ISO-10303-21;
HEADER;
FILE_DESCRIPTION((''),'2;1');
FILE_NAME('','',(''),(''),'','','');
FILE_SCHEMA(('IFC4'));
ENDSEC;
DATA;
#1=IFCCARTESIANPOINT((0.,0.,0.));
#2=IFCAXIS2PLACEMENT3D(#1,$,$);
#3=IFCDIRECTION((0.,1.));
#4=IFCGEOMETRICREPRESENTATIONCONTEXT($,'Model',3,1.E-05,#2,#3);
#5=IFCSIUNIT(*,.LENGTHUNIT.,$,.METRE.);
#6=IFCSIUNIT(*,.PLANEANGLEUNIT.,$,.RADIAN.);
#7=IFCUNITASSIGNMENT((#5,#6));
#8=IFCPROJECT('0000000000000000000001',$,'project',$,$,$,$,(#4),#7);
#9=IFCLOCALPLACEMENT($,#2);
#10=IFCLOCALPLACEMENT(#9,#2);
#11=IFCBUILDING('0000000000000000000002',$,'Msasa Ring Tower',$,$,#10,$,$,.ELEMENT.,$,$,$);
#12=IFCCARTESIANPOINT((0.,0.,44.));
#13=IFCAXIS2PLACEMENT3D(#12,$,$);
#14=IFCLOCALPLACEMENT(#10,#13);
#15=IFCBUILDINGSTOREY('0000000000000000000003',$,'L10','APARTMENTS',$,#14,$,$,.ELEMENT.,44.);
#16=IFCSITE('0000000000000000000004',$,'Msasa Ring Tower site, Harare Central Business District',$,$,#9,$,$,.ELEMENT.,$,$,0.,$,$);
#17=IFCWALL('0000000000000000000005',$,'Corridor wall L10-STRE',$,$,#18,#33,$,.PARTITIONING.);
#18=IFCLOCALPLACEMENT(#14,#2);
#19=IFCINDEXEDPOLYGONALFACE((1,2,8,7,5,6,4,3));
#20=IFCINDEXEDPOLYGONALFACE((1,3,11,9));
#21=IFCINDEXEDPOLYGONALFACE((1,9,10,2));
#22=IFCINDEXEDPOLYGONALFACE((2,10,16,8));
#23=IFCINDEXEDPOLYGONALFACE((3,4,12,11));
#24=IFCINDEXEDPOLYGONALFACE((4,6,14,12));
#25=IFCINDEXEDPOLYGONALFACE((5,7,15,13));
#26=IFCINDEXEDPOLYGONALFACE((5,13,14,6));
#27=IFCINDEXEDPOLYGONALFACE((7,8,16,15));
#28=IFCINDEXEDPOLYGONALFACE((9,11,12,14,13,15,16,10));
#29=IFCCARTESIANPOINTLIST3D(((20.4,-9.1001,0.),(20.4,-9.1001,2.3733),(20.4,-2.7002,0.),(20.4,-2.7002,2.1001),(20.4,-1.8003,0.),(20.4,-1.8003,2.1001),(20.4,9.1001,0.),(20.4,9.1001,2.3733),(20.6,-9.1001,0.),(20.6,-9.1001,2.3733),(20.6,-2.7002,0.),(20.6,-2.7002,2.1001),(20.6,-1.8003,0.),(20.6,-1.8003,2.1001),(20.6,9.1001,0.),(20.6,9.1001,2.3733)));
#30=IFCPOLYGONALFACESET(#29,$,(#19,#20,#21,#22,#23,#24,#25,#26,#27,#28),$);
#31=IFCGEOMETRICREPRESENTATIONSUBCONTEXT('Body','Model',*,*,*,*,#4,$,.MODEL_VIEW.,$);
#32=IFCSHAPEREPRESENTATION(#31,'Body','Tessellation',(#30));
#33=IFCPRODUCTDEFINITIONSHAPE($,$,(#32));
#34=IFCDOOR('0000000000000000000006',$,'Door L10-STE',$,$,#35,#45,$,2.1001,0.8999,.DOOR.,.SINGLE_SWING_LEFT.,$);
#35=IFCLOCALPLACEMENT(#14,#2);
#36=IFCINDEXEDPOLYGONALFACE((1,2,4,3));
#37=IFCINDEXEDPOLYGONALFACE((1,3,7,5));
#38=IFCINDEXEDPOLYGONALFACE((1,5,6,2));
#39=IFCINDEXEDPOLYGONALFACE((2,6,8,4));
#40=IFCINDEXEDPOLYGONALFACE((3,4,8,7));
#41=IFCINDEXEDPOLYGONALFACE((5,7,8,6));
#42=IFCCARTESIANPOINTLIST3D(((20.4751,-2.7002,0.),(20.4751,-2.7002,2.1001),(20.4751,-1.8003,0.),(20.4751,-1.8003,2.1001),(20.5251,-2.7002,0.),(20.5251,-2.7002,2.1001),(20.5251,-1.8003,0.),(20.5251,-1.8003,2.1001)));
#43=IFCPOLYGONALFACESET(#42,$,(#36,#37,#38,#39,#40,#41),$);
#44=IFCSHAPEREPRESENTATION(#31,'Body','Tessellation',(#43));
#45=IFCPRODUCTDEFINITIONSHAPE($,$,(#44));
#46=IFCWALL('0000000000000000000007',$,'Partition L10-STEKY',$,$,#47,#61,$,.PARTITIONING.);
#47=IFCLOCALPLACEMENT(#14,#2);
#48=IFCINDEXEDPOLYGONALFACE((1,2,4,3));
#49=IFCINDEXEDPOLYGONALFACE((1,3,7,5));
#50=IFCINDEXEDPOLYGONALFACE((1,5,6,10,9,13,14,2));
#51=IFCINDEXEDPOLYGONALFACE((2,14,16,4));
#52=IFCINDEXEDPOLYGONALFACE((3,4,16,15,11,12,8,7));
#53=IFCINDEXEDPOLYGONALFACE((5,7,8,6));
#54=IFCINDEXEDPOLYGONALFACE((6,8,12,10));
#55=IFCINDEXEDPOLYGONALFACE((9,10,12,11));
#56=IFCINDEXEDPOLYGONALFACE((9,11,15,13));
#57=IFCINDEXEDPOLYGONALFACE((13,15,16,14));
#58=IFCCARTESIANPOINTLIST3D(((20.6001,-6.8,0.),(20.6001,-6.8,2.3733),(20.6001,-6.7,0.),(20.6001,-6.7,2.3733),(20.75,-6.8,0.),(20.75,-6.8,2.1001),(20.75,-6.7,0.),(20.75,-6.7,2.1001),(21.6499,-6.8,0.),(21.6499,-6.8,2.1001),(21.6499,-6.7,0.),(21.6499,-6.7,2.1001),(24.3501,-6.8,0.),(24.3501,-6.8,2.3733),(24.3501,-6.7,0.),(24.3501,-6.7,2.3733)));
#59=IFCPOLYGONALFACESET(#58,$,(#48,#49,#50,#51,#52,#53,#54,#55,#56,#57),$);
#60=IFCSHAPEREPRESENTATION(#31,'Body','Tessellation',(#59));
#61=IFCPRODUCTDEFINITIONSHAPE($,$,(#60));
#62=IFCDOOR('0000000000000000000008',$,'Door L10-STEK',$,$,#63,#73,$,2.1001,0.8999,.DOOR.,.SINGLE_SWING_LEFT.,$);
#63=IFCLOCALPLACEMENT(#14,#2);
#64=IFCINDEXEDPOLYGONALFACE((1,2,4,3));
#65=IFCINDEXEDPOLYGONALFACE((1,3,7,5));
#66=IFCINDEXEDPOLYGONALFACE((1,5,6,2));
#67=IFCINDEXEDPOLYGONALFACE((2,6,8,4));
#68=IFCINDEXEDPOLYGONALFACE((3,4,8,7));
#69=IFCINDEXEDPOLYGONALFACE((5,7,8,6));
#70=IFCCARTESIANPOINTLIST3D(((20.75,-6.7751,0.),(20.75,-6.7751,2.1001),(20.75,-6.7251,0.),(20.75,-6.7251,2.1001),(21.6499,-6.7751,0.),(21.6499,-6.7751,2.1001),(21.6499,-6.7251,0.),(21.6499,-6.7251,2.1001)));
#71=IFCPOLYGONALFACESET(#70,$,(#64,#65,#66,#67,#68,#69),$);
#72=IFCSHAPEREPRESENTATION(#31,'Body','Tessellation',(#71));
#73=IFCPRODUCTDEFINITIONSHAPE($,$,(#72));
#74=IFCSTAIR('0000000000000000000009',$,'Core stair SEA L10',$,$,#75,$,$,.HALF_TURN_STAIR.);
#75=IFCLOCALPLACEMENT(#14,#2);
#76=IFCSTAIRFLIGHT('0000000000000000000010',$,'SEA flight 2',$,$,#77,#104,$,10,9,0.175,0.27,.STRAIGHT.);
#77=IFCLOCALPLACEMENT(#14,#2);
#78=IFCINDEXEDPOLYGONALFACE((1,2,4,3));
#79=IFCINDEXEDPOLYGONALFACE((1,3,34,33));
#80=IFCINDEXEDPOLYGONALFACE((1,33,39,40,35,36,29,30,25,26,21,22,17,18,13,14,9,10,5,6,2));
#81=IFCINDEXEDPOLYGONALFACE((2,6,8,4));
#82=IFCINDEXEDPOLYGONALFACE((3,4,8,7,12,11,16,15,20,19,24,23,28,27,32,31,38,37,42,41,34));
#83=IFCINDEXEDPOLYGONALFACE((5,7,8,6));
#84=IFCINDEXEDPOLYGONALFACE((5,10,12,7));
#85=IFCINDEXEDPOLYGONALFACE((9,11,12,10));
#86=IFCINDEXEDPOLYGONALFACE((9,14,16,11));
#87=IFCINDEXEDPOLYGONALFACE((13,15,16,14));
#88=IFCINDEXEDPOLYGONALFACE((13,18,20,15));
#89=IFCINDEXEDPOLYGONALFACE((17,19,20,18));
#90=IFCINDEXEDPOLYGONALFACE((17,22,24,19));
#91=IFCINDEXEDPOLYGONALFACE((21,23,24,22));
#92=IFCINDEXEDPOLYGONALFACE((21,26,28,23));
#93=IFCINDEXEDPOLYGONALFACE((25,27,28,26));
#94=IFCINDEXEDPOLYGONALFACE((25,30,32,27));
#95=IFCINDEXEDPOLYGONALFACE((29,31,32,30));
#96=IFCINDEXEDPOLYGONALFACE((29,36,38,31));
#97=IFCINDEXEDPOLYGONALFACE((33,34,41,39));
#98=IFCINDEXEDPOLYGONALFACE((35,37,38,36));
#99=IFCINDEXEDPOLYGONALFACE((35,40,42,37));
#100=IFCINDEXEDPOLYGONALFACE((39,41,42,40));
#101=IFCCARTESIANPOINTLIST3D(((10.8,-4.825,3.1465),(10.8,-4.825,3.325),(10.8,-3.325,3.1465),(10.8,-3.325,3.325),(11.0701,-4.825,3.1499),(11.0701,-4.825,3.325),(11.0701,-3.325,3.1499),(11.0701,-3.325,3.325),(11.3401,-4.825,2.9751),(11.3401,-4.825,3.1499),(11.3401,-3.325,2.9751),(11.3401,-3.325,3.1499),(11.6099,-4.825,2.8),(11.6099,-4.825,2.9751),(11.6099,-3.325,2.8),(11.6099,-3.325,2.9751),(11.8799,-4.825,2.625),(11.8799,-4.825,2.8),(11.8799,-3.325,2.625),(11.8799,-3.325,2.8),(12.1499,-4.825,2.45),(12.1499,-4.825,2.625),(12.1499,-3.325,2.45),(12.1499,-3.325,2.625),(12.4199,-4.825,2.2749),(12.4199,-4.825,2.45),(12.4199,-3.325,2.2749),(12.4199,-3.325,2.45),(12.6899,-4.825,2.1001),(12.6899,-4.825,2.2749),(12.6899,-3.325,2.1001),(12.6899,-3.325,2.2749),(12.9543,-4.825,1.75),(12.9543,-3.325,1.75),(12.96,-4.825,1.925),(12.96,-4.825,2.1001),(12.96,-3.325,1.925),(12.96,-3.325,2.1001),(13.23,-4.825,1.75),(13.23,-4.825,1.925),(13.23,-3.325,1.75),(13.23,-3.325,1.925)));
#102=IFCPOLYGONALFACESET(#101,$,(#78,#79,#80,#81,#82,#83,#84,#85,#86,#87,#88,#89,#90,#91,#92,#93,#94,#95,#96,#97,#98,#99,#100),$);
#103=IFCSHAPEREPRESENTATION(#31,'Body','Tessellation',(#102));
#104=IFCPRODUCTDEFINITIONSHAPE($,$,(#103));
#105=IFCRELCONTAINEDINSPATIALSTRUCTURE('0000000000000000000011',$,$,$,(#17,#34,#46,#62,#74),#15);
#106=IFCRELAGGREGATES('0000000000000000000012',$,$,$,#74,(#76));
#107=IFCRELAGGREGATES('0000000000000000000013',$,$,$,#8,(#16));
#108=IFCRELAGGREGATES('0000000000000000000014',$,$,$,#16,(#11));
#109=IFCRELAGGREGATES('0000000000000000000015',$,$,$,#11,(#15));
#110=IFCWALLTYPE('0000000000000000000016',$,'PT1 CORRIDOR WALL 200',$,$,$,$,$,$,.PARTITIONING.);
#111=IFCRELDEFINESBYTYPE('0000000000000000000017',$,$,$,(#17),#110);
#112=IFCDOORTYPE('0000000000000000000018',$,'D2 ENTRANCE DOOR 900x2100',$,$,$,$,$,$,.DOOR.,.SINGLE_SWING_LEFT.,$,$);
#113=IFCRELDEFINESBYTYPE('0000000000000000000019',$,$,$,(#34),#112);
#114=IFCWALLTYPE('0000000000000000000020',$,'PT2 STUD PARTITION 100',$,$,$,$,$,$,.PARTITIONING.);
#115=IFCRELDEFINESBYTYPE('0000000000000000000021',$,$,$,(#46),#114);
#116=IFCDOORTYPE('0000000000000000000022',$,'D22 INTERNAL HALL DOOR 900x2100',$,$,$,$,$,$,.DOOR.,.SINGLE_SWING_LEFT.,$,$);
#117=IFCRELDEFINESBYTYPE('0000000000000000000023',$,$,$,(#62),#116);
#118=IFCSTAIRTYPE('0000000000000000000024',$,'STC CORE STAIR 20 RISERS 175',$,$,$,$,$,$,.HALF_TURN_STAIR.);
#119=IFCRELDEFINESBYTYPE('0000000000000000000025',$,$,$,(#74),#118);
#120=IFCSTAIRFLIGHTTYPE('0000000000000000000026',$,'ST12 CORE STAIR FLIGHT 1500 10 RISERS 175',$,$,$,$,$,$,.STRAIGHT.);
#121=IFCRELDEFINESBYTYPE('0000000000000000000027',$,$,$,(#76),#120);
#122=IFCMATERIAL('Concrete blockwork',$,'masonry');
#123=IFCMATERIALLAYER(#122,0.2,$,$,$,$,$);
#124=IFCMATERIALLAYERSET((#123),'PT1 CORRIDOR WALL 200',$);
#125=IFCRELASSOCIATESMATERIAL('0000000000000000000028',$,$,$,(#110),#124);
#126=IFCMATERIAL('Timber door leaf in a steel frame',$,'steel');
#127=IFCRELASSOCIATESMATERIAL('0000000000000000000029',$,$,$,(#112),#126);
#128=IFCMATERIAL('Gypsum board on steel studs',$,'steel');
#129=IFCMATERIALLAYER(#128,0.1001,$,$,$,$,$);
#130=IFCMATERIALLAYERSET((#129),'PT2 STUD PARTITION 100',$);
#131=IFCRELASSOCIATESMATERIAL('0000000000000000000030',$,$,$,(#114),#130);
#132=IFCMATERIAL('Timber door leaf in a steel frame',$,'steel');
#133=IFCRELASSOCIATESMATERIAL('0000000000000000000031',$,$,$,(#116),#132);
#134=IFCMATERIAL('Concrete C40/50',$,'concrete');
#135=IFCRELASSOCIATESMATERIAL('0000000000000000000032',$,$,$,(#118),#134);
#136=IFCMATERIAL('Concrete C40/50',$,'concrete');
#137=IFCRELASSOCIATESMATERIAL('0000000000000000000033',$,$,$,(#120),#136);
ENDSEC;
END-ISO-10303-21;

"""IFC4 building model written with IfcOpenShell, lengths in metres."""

from ifc_helpers import new_model, si_unit, direction, frame, frame_2d, origin, place, context, subcontext, project, spatial, polyline, rectangle, outline, extrude, material, layer, layer_set, type_object, element, fill, aggregate, save


model = new_model("IFC4")

# Units and contexts
model_context = context("Model", 3, precision=1e-05, world=origin(), true_north=direction((0.0, 1.0)))
body_context = subcontext(model_context, "Body", "Model", "MODEL_VIEW")
ifc_project = project(units=[si_unit("LENGTHUNIT", "METRE"), si_unit("PLANEANGLEUNIT", "RADIAN")], contexts=[model_context])

# Site, building, storey
site_placement = place(None, origin())
site = spatial("IfcSite", under=ifc_project, at=site_placement, Name="Msasa Ring Tower site, Harare Central Business District", CompositionType="ELEMENT", RefElevation=0.0)
building_placement = place(site_placement, origin())
building = spatial("IfcBuilding", under=site, at=building_placement, Name="Msasa Ring Tower", CompositionType="ELEMENT")
storey_placement = place(building_placement, frame((0.0, 0.0, 44.0)))
storey = spatial("IfcBuildingStorey", under=building, at=storey_placement, Name="L10", Description="APARTMENTS", CompositionType="ELEMENT", Elevation=44.0)

# Walls, openings, doors
ifc_material_1 = material(Name="Concrete blockwork", Category="masonry")
ifc_layer_1 = layer(ifc_material_1, 0.2)
ifc_layer_set_1 = layer_set([ifc_layer_1], Name="PT1 CORRIDOR WALL 200")
wall_type_1 = type_object("IfcWallType", Name="PT1 CORRIDOR WALL 200", PredefinedType="PARTITIONING", material=ifc_layer_set_1)
wall_1_placement = place(storey_placement, frame((20.5, -9.1001, 0.0), z_axis=(0.0, 0.0, 1.0), x_axis=(0.0, 1.0, 0.0)))
wall_1 = element("IfcWall", 1, at=wall_1_placement, inside=storey, type_object=wall_type_1, Name="Corridor wall L10-STRE", PredefinedType="PARTITIONING", context=body_context, shape_type="SweptSolid", body=[
    extrude(rectangle(XDim=18.2002, YDim=0.2, at=frame_2d((9.1001, 0.0))), origin(), (0.0, 0.0, 1.0), 2.3733),
])
opening_1_placement = place(wall_1_placement, frame((6.3999, 0.0, 0.0)))
opening_1 = element("IfcOpeningElement", 2, at=opening_1_placement, cuts=wall_1, PredefinedType="OPENING", context=body_context, shape_type="SweptSolid", body=[
    extrude(rectangle(XDim=0.8999, YDim=2.1001, at=frame_2d((0.45, 1.05))), frame((0.0, 0.1099, 0.0), z_axis=(0.0, -1.0, 0.0), x_axis=(1.0, 0.0, 0.0)), (0.0, 0.0, 1.0), 0.22),
])
ifc_material_2 = material(Name="Timber door leaf in a steel frame", Category="steel")
door_type_1 = type_object("IfcDoorType", Name="D2 ENTRANCE DOOR 900x2100", OperationType="SINGLE_SWING_LEFT", PredefinedType="DOOR", material=ifc_material_2)
door_1_placement = place(opening_1_placement, origin())
door_1 = element("IfcDoor", 3, at=door_1_placement, inside=storey, type_object=door_type_1, Name="Door L10-STE", OperationType="SINGLE_SWING_LEFT", OverallHeight=2.1001, OverallWidth=0.8999, PredefinedType="DOOR", context=body_context, shape_type="SweptSolid", body=[
    extrude(rectangle(XDim=0.8999, YDim=2.1001, at=frame_2d((0.45, 1.05))), frame((0.0, 0.0249, 0.0), z_axis=(0.0, -1.0, 0.0), x_axis=(1.0, 0.0, 0.0)), (0.0, 0.0, 1.0), 0.05),
])
fill(opening_1, door_1)
ifc_material_3 = material(Name="Gypsum board on steel studs", Category="steel")
ifc_layer_2 = layer(ifc_material_3, 0.1001)
ifc_layer_set_2 = layer_set([ifc_layer_2], Name="PT2 STUD PARTITION 100")
wall_type_2 = type_object("IfcWallType", Name="PT2 STUD PARTITION 100", PredefinedType="PARTITIONING", material=ifc_layer_set_2)
wall_2_placement = place(storey_placement, frame((20.6001, -6.75, 0.0), z_axis=(0.0, 0.0, 1.0), x_axis=(1.0, 0.0, 0.0)))
wall_2 = element("IfcWall", 4, at=wall_2_placement, inside=storey, type_object=wall_type_2, Name="Partition L10-STEKY", PredefinedType="PARTITIONING", context=body_context, shape_type="SweptSolid", body=[
    extrude(rectangle(XDim=3.75, YDim=0.1001, at=frame_2d((1.875, 0.0))), origin(), (0.0, 0.0, 1.0), 2.3733),
])
opening_2_placement = place(wall_2_placement, frame((0.1499, 0.0, 0.0)))
opening_2 = element("IfcOpeningElement", 5, at=opening_2_placement, cuts=wall_2, PredefinedType="OPENING", context=body_context, shape_type="SweptSolid", body=[
    extrude(rectangle(XDim=0.8999, YDim=2.1001, at=frame_2d((0.45, 1.05))), frame((0.0, 0.0601, 0.0), z_axis=(0.0, -1.0, 0.0), x_axis=(1.0, 0.0, 0.0)), (0.0, 0.0, 1.0), 0.1201),
])
ifc_material_4 = material(Name="Timber door leaf in a steel frame", Category="steel")
door_type_2 = type_object("IfcDoorType", Name="D22 INTERNAL HALL DOOR 900x2100", OperationType="SINGLE_SWING_LEFT", PredefinedType="DOOR", material=ifc_material_4)
door_2_placement = place(opening_2_placement, origin())
door_2 = element("IfcDoor", 6, at=door_2_placement, inside=storey, type_object=door_type_2, Name="Door L10-STEK", OperationType="SINGLE_SWING_LEFT", OverallHeight=2.1001, OverallWidth=0.8999, PredefinedType="DOOR", context=body_context, shape_type="SweptSolid", body=[
    extrude(rectangle(XDim=0.8999, YDim=2.1001, at=frame_2d((0.45, 1.05))), frame((0.0, 0.0249, 0.0), z_axis=(0.0, -1.0, 0.0), x_axis=(1.0, 0.0, 0.0)), (0.0, 0.0, 1.0), 0.05),
])
fill(opening_2, door_2)

# Stair, stair flight
ifc_material_5 = material(Name="Concrete C40/50", Category="concrete")
stair_type = type_object("IfcStairType", Name="STC CORE STAIR 20 RISERS 175", PredefinedType="HALF_TURN_STAIR", material=ifc_material_5)
stair_placement = place(storey_placement, origin())
stair = element("IfcStair", 7, at=stair_placement, inside=storey, type_object=stair_type, Name="Core stair SEA L10", PredefinedType="HALF_TURN_STAIR")
ifc_material_6 = material(Name="Concrete C40/50", Category="concrete")
stair_flight_type = type_object("IfcStairFlightType", Name="ST12 CORE STAIR FLIGHT 1500 10 RISERS 175", PredefinedType="STRAIGHT", material=ifc_material_6)
stair_flight_placement = place(storey_placement, frame((13.23, -4.075, 1.75), z_axis=(0.0, 0.0, 1.0), x_axis=(-1.0, 0.0, 0.0)))
stair_flight = element("IfcStairFlight", 8, at=stair_flight_placement, type_object=stair_flight_type, Name="SEA flight 2", NumberOfRisers=10, NumberOfTreads=9, PredefinedType="STRAIGHT", RiserHeight=0.175, TreadLength=0.27, context=body_context, shape_type="SweptSolid", body=[
    extrude(outline(polyline([(0.0, 0.0), (0.0, 0.175), (0.27, 0.175), (0.27, 0.3501), (0.54, 0.3501), (0.54, 0.5249), (0.8101, 0.5249), (0.8101, 0.7), (1.0801, 0.7), (1.0801, 0.875), (1.3501, 0.875), (1.3501, 1.05), (1.6201, 1.05), (1.6201, 1.2251), (1.8899, 1.2251), (1.8899, 1.3999), (2.1599, 1.3999), (2.1599, 1.575), (2.4299, 1.575), (2.4299, 1.75), (2.4299, 1.3965), (0.2756, 0.0), (0.0, 0.0)])), frame((0.0, 0.75, 0.0), z_axis=(0.0, -1.0, 0.0), x_axis=(1.0, 0.0, 0.0)), (0.0, 0.0, 1.0), 1.5),
])
aggregate(stair, [stair_flight])

save(model, "model.ifc")
